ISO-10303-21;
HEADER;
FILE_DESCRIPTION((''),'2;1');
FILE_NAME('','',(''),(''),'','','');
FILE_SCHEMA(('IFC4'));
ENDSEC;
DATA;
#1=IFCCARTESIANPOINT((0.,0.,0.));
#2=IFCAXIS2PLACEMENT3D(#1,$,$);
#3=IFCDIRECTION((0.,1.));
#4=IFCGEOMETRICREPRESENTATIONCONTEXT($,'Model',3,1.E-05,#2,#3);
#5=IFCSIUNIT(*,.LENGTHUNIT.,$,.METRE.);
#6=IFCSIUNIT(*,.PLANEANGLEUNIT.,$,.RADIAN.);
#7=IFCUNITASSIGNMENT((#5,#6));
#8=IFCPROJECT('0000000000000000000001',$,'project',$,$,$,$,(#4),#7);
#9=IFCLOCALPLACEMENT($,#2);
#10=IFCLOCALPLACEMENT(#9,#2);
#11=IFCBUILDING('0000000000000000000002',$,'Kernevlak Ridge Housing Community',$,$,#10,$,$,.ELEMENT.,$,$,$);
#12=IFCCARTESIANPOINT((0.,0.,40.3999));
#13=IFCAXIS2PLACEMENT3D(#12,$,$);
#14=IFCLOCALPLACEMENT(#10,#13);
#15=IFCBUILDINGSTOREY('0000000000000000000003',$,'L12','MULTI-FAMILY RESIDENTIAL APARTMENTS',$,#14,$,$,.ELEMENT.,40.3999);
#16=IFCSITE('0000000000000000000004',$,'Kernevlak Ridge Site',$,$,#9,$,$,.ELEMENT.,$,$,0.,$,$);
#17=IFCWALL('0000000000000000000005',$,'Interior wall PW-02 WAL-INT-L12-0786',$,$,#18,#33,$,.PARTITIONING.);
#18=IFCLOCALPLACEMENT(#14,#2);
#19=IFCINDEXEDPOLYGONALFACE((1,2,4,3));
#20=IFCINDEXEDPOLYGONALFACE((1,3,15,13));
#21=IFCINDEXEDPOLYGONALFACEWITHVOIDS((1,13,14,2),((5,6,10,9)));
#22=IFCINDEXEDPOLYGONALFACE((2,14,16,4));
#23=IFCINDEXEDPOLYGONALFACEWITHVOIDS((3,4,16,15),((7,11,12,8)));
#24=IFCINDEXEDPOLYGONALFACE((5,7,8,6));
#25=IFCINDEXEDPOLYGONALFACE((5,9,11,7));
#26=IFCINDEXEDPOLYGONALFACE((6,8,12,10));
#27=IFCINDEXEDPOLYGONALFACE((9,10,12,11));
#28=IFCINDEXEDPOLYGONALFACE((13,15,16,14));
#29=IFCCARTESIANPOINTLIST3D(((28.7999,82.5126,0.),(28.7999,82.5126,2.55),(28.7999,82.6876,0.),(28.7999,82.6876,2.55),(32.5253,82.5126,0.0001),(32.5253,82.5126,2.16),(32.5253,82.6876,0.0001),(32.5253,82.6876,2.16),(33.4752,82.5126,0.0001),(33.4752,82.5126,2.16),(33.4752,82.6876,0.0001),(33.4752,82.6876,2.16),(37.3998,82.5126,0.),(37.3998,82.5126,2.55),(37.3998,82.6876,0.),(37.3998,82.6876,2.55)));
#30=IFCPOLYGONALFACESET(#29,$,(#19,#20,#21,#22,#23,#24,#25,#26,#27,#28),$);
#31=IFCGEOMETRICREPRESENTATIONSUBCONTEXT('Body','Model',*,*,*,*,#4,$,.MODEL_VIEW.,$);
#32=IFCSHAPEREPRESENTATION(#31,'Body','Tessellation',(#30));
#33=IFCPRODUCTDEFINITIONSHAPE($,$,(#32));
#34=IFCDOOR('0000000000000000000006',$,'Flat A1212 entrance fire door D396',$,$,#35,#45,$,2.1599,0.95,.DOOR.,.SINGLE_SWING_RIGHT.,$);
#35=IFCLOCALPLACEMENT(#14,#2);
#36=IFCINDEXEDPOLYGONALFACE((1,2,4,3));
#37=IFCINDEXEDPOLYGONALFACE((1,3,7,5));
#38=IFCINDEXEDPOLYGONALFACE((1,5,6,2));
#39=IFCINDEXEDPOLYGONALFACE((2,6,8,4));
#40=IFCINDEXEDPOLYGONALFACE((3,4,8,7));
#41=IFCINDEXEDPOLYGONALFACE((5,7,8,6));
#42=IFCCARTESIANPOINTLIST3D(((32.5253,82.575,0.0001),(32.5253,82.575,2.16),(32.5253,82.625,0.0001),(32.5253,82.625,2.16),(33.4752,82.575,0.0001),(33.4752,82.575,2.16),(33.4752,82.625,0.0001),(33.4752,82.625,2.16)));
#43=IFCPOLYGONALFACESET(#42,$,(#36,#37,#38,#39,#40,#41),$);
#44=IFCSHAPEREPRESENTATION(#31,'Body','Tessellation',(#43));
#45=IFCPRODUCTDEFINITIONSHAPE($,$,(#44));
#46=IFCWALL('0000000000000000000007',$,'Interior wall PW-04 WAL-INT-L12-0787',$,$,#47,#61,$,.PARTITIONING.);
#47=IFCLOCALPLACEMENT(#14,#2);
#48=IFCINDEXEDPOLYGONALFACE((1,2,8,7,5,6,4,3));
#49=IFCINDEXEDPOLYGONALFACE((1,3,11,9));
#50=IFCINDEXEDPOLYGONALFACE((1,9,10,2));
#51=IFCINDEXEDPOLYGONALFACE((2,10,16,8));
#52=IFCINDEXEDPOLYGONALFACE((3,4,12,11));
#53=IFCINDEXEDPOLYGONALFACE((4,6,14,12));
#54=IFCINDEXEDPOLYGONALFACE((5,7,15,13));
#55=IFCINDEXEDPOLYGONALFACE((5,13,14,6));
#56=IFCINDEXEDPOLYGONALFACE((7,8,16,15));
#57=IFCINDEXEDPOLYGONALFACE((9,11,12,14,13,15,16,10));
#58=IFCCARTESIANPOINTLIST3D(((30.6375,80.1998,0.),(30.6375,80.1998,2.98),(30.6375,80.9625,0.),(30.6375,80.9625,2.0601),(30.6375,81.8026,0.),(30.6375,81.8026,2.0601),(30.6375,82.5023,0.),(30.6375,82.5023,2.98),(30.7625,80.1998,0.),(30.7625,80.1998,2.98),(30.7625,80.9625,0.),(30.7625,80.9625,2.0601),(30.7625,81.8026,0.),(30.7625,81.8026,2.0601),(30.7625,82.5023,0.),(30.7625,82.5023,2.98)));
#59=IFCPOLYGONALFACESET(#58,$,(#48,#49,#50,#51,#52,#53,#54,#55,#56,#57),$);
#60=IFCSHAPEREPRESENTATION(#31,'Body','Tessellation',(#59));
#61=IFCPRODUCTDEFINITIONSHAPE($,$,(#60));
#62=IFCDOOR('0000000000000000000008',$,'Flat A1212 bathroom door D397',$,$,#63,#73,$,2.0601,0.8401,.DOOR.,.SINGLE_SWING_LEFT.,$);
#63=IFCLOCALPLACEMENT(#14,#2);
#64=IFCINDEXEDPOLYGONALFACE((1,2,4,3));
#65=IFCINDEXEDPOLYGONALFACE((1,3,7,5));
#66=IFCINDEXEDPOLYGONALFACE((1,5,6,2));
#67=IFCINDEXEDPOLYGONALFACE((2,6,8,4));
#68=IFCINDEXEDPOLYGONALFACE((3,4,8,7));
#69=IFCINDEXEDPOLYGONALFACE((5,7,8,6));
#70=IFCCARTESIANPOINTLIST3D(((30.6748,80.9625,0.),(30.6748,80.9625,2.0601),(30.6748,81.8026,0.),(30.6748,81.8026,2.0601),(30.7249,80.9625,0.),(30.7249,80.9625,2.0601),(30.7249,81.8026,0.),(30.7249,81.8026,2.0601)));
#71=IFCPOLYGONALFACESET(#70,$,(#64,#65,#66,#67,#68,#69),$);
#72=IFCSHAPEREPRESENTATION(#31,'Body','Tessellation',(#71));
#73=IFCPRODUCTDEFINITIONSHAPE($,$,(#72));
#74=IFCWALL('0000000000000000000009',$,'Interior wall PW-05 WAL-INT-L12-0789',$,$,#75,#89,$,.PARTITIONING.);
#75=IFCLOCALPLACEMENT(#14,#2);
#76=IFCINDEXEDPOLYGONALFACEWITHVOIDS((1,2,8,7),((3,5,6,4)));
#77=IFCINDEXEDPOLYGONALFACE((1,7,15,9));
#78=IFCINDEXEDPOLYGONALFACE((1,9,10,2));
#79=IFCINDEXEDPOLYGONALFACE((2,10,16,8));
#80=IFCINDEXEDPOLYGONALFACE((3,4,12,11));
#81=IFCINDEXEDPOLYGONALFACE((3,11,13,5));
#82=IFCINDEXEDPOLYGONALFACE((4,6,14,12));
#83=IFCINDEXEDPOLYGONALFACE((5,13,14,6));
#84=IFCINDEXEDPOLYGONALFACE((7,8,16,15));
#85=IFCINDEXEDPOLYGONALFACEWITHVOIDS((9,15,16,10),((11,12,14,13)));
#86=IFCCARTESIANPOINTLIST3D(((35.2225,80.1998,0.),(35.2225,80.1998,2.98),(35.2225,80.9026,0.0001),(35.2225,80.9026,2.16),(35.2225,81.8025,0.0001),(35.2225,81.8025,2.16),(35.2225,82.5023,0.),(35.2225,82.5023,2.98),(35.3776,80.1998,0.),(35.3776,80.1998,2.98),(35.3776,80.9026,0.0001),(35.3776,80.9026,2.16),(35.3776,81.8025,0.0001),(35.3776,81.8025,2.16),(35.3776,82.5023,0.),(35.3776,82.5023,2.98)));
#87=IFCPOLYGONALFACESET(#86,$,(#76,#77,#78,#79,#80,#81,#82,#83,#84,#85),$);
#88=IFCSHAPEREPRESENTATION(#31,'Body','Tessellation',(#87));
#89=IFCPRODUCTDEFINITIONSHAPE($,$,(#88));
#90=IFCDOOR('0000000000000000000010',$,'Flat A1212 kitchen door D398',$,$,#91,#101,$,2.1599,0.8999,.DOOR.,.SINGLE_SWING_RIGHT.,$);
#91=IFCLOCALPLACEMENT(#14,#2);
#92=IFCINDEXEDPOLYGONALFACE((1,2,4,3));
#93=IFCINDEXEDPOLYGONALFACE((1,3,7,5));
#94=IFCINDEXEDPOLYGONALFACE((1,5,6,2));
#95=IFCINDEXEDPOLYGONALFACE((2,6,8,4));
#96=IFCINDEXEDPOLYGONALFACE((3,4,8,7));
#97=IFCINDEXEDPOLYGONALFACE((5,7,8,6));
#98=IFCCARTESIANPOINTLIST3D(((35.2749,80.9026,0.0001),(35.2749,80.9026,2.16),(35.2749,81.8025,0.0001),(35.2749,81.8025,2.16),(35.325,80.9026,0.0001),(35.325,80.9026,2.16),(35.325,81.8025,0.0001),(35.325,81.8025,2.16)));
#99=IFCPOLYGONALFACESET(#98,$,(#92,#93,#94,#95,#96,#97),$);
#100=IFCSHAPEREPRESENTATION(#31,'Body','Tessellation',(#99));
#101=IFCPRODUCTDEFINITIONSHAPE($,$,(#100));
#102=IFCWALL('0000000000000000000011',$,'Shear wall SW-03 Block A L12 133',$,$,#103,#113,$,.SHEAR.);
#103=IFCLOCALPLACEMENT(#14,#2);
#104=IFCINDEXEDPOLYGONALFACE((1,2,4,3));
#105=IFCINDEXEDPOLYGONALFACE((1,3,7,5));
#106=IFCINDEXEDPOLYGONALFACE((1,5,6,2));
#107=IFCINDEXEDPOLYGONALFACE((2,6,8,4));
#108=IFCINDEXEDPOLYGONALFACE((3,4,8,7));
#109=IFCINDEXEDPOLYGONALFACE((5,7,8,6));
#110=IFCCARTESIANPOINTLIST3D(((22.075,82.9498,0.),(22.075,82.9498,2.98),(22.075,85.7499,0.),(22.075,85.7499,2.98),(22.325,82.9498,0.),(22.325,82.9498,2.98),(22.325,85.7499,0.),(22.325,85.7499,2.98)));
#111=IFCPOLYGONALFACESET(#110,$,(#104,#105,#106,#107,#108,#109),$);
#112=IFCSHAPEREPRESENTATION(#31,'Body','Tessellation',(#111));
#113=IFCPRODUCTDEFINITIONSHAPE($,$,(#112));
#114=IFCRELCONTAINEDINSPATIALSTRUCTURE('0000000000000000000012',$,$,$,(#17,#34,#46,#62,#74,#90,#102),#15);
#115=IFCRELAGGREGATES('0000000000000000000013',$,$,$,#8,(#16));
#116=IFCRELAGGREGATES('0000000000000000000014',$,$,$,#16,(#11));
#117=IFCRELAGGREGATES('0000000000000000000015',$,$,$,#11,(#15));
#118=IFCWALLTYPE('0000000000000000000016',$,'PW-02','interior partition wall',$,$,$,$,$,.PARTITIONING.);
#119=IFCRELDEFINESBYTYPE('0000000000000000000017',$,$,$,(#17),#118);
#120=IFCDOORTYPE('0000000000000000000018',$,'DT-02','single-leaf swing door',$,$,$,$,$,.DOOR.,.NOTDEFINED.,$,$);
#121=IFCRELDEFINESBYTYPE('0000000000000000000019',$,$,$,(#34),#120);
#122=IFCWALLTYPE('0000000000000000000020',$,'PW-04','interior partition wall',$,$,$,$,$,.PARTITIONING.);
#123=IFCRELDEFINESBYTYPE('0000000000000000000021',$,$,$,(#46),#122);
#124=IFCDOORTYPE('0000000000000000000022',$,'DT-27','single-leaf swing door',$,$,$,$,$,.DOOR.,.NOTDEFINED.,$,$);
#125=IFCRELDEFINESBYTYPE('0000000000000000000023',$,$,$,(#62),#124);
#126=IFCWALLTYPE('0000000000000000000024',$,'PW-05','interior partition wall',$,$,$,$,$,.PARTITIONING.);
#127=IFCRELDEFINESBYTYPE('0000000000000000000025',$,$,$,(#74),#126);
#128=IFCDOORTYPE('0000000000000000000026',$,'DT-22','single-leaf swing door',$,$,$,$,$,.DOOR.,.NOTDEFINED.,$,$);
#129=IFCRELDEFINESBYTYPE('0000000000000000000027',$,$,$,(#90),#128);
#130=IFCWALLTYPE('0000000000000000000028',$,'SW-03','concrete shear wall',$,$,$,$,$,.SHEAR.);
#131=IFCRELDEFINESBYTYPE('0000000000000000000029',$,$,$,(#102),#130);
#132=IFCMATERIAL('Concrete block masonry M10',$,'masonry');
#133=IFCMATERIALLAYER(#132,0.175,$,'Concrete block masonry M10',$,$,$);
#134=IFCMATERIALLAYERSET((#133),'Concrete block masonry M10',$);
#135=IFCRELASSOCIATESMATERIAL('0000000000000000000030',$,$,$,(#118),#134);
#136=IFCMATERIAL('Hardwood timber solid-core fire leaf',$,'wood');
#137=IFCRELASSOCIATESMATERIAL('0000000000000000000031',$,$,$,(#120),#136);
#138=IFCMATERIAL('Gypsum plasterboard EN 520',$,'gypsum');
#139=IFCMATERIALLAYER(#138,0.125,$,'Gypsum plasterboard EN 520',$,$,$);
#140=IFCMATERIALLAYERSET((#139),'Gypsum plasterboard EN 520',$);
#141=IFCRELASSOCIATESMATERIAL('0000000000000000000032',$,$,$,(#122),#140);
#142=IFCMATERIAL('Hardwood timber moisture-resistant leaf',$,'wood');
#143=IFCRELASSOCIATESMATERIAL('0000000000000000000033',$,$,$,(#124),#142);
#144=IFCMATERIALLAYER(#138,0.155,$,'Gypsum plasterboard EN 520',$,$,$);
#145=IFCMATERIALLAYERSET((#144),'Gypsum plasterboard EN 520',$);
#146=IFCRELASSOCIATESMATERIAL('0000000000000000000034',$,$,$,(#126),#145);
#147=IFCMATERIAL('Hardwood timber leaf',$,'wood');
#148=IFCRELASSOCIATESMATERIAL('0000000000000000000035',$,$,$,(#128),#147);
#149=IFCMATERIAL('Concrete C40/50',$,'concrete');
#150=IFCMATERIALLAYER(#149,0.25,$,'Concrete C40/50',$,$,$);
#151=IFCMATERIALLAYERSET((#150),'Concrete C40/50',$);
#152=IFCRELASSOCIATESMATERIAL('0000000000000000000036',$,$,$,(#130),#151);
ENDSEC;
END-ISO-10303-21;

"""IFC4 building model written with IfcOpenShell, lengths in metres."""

from ifc_helpers import new_model, si_unit, direction, frame, frame_2d, origin, place, context, subcontext, project, spatial, rectangle, extrude, material, layer, layer_set, type_object, element, fill, save


model = new_model("IFC4")

# Units and contexts
model_context = context("Model", 3, precision=1e-05, world=origin(), true_north=direction((0.0, 1.0)))
body_context = subcontext(model_context, "Body", "Model", "MODEL_VIEW")
ifc_project = project(units=[si_unit("LENGTHUNIT", "METRE"), si_unit("PLANEANGLEUNIT", "RADIAN")], contexts=[model_context])

# Site, building, storey
site_placement = place(None, origin())
site = spatial("IfcSite", under=ifc_project, at=site_placement, Name="Kernevlak Ridge Site", CompositionType="ELEMENT", RefElevation=0.0)
building_placement = place(site_placement, origin())
building = spatial("IfcBuilding", under=site, at=building_placement, Name="Kernevlak Ridge Housing Community", CompositionType="ELEMENT")
storey_placement = place(building_placement, frame((0.0, 0.0, 40.3999)))
storey = spatial("IfcBuildingStorey", under=building, at=storey_placement, Name="L12", Description="MULTI-FAMILY RESIDENTIAL APARTMENTS", CompositionType="ELEMENT", Elevation=40.3999)

# Walls, openings, doors
ifc_material_1 = material(Name="Concrete block masonry M10", Category="masonry")
ifc_layer_1 = layer(ifc_material_1, 0.175, Name="Concrete block masonry M10")
ifc_layer_set_1 = layer_set([ifc_layer_1], Name="Concrete block masonry M10")
wall_type_1 = type_object("IfcWallType", Name="PW-02", Description="interior partition wall", PredefinedType="PARTITIONING", material=ifc_layer_set_1)
ifc_material_2 = material(Name="Hardwood timber solid-core fire leaf", Category="wood")
wall_1_placement = place(storey_placement, frame((28.8, 82.6001, 0.0), z_axis=(0.0, 0.0, 1.0), x_axis=(1.0, 0.0, 0.0)))
wall_1 = element("IfcWall", 1, at=wall_1_placement, inside=storey, type_object=wall_type_1, Name="Interior wall PW-02 WAL-INT-L12-0786", PredefinedType="PARTITIONING", context=body_context, shape_type="SweptSolid", body=[
    extrude(rectangle(XDim=8.5999, YDim=0.175, at=frame_2d((4.2998, 0.0))), origin(), (0.0, 0.0, 1.0), 2.55),
])
opening_1_placement = place(wall_1_placement, frame((3.7251, 0.0, 0.0)))
opening_1 = element("IfcOpeningElement", 2, at=opening_1_placement, cuts=wall_1, PredefinedType="OPENING", context=body_context, shape_type="SweptSolid", body=[
    extrude(rectangle(XDim=0.95, YDim=2.1599, at=frame_2d((0.4751, 1.0801))), frame((0.0, 0.0974, 0.0), z_axis=(0.0, -1.0, 0.0), x_axis=(1.0, 0.0, 0.0)), (0.0, 0.0, 1.0), 0.1951),
])
door_type_1 = type_object("IfcDoorType", Name="DT-02", Description="single-leaf swing door", OperationType="NOTDEFINED", PredefinedType="DOOR", material=ifc_material_2)
door_1_placement = place(opening_1_placement, origin())
door_1 = element("IfcDoor", 3, at=door_1_placement, inside=storey, type_object=door_type_1, Name="Flat A1212 entrance fire door D396", OperationType="SINGLE_SWING_RIGHT", OverallHeight=2.1599, OverallWidth=0.95, PredefinedType="DOOR", context=body_context, shape_type="SweptSolid", body=[
    extrude(rectangle(XDim=0.95, YDim=2.1599, at=frame_2d((0.4751, 1.0801))), frame((0.0, 0.0249, 0.0), z_axis=(0.0, -1.0, 0.0), x_axis=(1.0, 0.0, 0.0)), (0.0, 0.0, 1.0), 0.05),
])
fill(opening_1, door_1)
ifc_material_3 = material(Name="Gypsum plasterboard EN 520", Category="gypsum")
ifc_layer_2 = layer(ifc_material_3, 0.125, Name="Gypsum plasterboard EN 520")
ifc_layer_set_2 = layer_set([ifc_layer_2], Name="Gypsum plasterboard EN 520")
wall_type_2 = type_object("IfcWallType", Name="PW-04", Description="interior partition wall", PredefinedType="PARTITIONING", material=ifc_layer_set_2)
wall_2_placement = place(storey_placement, frame((30.7, 82.5024, 0.0), z_axis=(0.0, 0.0, 1.0), x_axis=(0.0, -1.0, 0.0)))
wall_2 = element("IfcWall", 4, at=wall_2_placement, inside=storey, type_object=wall_type_2, Name="Interior wall PW-04 WAL-INT-L12-0787", PredefinedType="PARTITIONING", context=body_context, shape_type="SweptSolid", body=[
    extrude(rectangle(XDim=2.3025, YDim=0.125, at=frame_2d((1.1514, 0.0))), origin(), (0.0, 0.0, 1.0), 2.98),
])
opening_2_placement = place(wall_2_placement, frame((0.7, 0.0, 0.0)))
opening_2 = element("IfcOpeningElement", 5, at=opening_2_placement, cuts=wall_2, PredefinedType="OPENING", context=body_context, shape_type="SweptSolid", body=[
    extrude(rectangle(XDim=0.8401, YDim=2.0601, at=frame_2d((0.4199, 1.03))), frame((0.0, 0.0725, 0.0), z_axis=(0.0, -1.0, 0.0), x_axis=(1.0, 0.0, 0.0)), (0.0, 0.0, 1.0), 0.145),
])
ifc_material_4 = material(Name="Hardwood timber moisture-resistant leaf", Category="wood")
door_type_2 = type_object("IfcDoorType", Name="DT-27", Description="single-leaf swing door", OperationType="NOTDEFINED", PredefinedType="DOOR", material=ifc_material_4)
door_2_placement = place(opening_2_placement, origin())
door_2 = element("IfcDoor", 6, at=door_2_placement, inside=storey, type_object=door_type_2, Name="Flat A1212 bathroom door D397", OperationType="SINGLE_SWING_LEFT", OverallHeight=2.0601, OverallWidth=0.8401, PredefinedType="DOOR", context=body_context, shape_type="SweptSolid", body=[
    extrude(rectangle(XDim=0.8401, YDim=2.0601, at=frame_2d((0.4199, 1.03))), frame((0.0, 0.0249, 0.0), z_axis=(0.0, -1.0, 0.0), x_axis=(1.0, 0.0, 0.0)), (0.0, 0.0, 1.0), 0.05),
])
fill(opening_2, door_2)
ifc_layer_3 = layer(ifc_material_3, 0.155, Name="Gypsum plasterboard EN 520")
ifc_layer_set_3 = layer_set([ifc_layer_3], Name="Gypsum plasterboard EN 520")
wall_type_3 = type_object("IfcWallType", Name="PW-05", Description="interior partition wall", PredefinedType="PARTITIONING", material=ifc_layer_set_3)
ifc_material_5 = material(Name="Hardwood timber leaf", Category="wood")
wall_3_placement = place(storey_placement, frame((35.3, 82.5024, 0.0), z_axis=(0.0, 0.0, 1.0), x_axis=(0.0, -1.0, 0.0)))
wall_3 = element("IfcWall", 7, at=wall_3_placement, inside=storey, type_object=wall_type_3, Name="Interior wall PW-05 WAL-INT-L12-0789", PredefinedType="PARTITIONING", context=body_context, shape_type="SweptSolid", body=[
    extrude(rectangle(XDim=2.3025, YDim=0.155, at=frame_2d((1.1514, 0.0))), origin(), (0.0, 0.0, 1.0), 2.98),
])
opening_3_placement = place(wall_3_placement, frame((0.7, 0.0, 0.0)))
opening_3 = element("IfcOpeningElement", 8, at=opening_3_placement, cuts=wall_3, PredefinedType="OPENING", context=body_context, shape_type="SweptSolid", body=[
    extrude(rectangle(XDim=0.8999, YDim=2.1599, at=frame_2d((0.45, 1.0801))), frame((0.0, 0.0874, 0.0), z_axis=(0.0, -1.0, 0.0), x_axis=(1.0, 0.0, 0.0)), (0.0, 0.0, 1.0), 0.175),
])
door_type_3 = type_object("IfcDoorType", Name="DT-22", Description="single-leaf swing door", OperationType="NOTDEFINED", PredefinedType="DOOR", material=ifc_material_5)
door_3_placement = place(opening_3_placement, origin())
door_3 = element("IfcDoor", 9, at=door_3_placement, inside=storey, type_object=door_type_3, Name="Flat A1212 kitchen door D398", OperationType="SINGLE_SWING_RIGHT", OverallHeight=2.1599, OverallWidth=0.8999, PredefinedType="DOOR", context=body_context, shape_type="SweptSolid", body=[
    extrude(rectangle(XDim=0.8999, YDim=2.1599, at=frame_2d((0.45, 1.0801))), frame((0.0, 0.0249, 0.0), z_axis=(0.0, -1.0, 0.0), x_axis=(1.0, 0.0, 0.0)), (0.0, 0.0, 1.0), 0.05),
])
fill(opening_3, door_3)

# Wall
ifc_material_6 = material(Name="Concrete C40/50", Category="concrete")
ifc_layer_4 = layer(ifc_material_6, 0.25, Name="Concrete C40/50")
ifc_layer_set_4 = layer_set([ifc_layer_4], Name="Concrete C40/50")
wall_type_4 = type_object("IfcWallType", Name="SW-03", Description="concrete shear wall", PredefinedType="SHEAR", material=ifc_layer_set_4)
wall_4_placement = place(storey_placement, frame((22.2, 82.95, 0.0), z_axis=(0.0, 0.0, 1.0), x_axis=(0.0, 1.0, 0.0)))
element("IfcWall", 10, at=wall_4_placement, inside=storey, type_object=wall_type_4, Name="Shear wall SW-03 Block A L12 133", PredefinedType="SHEAR", context=body_context, shape_type="SweptSolid", body=[
    extrude(rectangle(XDim=2.8, YDim=0.25, at=frame_2d((1.3999, 0.0))), origin(), (0.0, 0.0, 1.0), 2.98),
])

save(model, "model.ifc")
